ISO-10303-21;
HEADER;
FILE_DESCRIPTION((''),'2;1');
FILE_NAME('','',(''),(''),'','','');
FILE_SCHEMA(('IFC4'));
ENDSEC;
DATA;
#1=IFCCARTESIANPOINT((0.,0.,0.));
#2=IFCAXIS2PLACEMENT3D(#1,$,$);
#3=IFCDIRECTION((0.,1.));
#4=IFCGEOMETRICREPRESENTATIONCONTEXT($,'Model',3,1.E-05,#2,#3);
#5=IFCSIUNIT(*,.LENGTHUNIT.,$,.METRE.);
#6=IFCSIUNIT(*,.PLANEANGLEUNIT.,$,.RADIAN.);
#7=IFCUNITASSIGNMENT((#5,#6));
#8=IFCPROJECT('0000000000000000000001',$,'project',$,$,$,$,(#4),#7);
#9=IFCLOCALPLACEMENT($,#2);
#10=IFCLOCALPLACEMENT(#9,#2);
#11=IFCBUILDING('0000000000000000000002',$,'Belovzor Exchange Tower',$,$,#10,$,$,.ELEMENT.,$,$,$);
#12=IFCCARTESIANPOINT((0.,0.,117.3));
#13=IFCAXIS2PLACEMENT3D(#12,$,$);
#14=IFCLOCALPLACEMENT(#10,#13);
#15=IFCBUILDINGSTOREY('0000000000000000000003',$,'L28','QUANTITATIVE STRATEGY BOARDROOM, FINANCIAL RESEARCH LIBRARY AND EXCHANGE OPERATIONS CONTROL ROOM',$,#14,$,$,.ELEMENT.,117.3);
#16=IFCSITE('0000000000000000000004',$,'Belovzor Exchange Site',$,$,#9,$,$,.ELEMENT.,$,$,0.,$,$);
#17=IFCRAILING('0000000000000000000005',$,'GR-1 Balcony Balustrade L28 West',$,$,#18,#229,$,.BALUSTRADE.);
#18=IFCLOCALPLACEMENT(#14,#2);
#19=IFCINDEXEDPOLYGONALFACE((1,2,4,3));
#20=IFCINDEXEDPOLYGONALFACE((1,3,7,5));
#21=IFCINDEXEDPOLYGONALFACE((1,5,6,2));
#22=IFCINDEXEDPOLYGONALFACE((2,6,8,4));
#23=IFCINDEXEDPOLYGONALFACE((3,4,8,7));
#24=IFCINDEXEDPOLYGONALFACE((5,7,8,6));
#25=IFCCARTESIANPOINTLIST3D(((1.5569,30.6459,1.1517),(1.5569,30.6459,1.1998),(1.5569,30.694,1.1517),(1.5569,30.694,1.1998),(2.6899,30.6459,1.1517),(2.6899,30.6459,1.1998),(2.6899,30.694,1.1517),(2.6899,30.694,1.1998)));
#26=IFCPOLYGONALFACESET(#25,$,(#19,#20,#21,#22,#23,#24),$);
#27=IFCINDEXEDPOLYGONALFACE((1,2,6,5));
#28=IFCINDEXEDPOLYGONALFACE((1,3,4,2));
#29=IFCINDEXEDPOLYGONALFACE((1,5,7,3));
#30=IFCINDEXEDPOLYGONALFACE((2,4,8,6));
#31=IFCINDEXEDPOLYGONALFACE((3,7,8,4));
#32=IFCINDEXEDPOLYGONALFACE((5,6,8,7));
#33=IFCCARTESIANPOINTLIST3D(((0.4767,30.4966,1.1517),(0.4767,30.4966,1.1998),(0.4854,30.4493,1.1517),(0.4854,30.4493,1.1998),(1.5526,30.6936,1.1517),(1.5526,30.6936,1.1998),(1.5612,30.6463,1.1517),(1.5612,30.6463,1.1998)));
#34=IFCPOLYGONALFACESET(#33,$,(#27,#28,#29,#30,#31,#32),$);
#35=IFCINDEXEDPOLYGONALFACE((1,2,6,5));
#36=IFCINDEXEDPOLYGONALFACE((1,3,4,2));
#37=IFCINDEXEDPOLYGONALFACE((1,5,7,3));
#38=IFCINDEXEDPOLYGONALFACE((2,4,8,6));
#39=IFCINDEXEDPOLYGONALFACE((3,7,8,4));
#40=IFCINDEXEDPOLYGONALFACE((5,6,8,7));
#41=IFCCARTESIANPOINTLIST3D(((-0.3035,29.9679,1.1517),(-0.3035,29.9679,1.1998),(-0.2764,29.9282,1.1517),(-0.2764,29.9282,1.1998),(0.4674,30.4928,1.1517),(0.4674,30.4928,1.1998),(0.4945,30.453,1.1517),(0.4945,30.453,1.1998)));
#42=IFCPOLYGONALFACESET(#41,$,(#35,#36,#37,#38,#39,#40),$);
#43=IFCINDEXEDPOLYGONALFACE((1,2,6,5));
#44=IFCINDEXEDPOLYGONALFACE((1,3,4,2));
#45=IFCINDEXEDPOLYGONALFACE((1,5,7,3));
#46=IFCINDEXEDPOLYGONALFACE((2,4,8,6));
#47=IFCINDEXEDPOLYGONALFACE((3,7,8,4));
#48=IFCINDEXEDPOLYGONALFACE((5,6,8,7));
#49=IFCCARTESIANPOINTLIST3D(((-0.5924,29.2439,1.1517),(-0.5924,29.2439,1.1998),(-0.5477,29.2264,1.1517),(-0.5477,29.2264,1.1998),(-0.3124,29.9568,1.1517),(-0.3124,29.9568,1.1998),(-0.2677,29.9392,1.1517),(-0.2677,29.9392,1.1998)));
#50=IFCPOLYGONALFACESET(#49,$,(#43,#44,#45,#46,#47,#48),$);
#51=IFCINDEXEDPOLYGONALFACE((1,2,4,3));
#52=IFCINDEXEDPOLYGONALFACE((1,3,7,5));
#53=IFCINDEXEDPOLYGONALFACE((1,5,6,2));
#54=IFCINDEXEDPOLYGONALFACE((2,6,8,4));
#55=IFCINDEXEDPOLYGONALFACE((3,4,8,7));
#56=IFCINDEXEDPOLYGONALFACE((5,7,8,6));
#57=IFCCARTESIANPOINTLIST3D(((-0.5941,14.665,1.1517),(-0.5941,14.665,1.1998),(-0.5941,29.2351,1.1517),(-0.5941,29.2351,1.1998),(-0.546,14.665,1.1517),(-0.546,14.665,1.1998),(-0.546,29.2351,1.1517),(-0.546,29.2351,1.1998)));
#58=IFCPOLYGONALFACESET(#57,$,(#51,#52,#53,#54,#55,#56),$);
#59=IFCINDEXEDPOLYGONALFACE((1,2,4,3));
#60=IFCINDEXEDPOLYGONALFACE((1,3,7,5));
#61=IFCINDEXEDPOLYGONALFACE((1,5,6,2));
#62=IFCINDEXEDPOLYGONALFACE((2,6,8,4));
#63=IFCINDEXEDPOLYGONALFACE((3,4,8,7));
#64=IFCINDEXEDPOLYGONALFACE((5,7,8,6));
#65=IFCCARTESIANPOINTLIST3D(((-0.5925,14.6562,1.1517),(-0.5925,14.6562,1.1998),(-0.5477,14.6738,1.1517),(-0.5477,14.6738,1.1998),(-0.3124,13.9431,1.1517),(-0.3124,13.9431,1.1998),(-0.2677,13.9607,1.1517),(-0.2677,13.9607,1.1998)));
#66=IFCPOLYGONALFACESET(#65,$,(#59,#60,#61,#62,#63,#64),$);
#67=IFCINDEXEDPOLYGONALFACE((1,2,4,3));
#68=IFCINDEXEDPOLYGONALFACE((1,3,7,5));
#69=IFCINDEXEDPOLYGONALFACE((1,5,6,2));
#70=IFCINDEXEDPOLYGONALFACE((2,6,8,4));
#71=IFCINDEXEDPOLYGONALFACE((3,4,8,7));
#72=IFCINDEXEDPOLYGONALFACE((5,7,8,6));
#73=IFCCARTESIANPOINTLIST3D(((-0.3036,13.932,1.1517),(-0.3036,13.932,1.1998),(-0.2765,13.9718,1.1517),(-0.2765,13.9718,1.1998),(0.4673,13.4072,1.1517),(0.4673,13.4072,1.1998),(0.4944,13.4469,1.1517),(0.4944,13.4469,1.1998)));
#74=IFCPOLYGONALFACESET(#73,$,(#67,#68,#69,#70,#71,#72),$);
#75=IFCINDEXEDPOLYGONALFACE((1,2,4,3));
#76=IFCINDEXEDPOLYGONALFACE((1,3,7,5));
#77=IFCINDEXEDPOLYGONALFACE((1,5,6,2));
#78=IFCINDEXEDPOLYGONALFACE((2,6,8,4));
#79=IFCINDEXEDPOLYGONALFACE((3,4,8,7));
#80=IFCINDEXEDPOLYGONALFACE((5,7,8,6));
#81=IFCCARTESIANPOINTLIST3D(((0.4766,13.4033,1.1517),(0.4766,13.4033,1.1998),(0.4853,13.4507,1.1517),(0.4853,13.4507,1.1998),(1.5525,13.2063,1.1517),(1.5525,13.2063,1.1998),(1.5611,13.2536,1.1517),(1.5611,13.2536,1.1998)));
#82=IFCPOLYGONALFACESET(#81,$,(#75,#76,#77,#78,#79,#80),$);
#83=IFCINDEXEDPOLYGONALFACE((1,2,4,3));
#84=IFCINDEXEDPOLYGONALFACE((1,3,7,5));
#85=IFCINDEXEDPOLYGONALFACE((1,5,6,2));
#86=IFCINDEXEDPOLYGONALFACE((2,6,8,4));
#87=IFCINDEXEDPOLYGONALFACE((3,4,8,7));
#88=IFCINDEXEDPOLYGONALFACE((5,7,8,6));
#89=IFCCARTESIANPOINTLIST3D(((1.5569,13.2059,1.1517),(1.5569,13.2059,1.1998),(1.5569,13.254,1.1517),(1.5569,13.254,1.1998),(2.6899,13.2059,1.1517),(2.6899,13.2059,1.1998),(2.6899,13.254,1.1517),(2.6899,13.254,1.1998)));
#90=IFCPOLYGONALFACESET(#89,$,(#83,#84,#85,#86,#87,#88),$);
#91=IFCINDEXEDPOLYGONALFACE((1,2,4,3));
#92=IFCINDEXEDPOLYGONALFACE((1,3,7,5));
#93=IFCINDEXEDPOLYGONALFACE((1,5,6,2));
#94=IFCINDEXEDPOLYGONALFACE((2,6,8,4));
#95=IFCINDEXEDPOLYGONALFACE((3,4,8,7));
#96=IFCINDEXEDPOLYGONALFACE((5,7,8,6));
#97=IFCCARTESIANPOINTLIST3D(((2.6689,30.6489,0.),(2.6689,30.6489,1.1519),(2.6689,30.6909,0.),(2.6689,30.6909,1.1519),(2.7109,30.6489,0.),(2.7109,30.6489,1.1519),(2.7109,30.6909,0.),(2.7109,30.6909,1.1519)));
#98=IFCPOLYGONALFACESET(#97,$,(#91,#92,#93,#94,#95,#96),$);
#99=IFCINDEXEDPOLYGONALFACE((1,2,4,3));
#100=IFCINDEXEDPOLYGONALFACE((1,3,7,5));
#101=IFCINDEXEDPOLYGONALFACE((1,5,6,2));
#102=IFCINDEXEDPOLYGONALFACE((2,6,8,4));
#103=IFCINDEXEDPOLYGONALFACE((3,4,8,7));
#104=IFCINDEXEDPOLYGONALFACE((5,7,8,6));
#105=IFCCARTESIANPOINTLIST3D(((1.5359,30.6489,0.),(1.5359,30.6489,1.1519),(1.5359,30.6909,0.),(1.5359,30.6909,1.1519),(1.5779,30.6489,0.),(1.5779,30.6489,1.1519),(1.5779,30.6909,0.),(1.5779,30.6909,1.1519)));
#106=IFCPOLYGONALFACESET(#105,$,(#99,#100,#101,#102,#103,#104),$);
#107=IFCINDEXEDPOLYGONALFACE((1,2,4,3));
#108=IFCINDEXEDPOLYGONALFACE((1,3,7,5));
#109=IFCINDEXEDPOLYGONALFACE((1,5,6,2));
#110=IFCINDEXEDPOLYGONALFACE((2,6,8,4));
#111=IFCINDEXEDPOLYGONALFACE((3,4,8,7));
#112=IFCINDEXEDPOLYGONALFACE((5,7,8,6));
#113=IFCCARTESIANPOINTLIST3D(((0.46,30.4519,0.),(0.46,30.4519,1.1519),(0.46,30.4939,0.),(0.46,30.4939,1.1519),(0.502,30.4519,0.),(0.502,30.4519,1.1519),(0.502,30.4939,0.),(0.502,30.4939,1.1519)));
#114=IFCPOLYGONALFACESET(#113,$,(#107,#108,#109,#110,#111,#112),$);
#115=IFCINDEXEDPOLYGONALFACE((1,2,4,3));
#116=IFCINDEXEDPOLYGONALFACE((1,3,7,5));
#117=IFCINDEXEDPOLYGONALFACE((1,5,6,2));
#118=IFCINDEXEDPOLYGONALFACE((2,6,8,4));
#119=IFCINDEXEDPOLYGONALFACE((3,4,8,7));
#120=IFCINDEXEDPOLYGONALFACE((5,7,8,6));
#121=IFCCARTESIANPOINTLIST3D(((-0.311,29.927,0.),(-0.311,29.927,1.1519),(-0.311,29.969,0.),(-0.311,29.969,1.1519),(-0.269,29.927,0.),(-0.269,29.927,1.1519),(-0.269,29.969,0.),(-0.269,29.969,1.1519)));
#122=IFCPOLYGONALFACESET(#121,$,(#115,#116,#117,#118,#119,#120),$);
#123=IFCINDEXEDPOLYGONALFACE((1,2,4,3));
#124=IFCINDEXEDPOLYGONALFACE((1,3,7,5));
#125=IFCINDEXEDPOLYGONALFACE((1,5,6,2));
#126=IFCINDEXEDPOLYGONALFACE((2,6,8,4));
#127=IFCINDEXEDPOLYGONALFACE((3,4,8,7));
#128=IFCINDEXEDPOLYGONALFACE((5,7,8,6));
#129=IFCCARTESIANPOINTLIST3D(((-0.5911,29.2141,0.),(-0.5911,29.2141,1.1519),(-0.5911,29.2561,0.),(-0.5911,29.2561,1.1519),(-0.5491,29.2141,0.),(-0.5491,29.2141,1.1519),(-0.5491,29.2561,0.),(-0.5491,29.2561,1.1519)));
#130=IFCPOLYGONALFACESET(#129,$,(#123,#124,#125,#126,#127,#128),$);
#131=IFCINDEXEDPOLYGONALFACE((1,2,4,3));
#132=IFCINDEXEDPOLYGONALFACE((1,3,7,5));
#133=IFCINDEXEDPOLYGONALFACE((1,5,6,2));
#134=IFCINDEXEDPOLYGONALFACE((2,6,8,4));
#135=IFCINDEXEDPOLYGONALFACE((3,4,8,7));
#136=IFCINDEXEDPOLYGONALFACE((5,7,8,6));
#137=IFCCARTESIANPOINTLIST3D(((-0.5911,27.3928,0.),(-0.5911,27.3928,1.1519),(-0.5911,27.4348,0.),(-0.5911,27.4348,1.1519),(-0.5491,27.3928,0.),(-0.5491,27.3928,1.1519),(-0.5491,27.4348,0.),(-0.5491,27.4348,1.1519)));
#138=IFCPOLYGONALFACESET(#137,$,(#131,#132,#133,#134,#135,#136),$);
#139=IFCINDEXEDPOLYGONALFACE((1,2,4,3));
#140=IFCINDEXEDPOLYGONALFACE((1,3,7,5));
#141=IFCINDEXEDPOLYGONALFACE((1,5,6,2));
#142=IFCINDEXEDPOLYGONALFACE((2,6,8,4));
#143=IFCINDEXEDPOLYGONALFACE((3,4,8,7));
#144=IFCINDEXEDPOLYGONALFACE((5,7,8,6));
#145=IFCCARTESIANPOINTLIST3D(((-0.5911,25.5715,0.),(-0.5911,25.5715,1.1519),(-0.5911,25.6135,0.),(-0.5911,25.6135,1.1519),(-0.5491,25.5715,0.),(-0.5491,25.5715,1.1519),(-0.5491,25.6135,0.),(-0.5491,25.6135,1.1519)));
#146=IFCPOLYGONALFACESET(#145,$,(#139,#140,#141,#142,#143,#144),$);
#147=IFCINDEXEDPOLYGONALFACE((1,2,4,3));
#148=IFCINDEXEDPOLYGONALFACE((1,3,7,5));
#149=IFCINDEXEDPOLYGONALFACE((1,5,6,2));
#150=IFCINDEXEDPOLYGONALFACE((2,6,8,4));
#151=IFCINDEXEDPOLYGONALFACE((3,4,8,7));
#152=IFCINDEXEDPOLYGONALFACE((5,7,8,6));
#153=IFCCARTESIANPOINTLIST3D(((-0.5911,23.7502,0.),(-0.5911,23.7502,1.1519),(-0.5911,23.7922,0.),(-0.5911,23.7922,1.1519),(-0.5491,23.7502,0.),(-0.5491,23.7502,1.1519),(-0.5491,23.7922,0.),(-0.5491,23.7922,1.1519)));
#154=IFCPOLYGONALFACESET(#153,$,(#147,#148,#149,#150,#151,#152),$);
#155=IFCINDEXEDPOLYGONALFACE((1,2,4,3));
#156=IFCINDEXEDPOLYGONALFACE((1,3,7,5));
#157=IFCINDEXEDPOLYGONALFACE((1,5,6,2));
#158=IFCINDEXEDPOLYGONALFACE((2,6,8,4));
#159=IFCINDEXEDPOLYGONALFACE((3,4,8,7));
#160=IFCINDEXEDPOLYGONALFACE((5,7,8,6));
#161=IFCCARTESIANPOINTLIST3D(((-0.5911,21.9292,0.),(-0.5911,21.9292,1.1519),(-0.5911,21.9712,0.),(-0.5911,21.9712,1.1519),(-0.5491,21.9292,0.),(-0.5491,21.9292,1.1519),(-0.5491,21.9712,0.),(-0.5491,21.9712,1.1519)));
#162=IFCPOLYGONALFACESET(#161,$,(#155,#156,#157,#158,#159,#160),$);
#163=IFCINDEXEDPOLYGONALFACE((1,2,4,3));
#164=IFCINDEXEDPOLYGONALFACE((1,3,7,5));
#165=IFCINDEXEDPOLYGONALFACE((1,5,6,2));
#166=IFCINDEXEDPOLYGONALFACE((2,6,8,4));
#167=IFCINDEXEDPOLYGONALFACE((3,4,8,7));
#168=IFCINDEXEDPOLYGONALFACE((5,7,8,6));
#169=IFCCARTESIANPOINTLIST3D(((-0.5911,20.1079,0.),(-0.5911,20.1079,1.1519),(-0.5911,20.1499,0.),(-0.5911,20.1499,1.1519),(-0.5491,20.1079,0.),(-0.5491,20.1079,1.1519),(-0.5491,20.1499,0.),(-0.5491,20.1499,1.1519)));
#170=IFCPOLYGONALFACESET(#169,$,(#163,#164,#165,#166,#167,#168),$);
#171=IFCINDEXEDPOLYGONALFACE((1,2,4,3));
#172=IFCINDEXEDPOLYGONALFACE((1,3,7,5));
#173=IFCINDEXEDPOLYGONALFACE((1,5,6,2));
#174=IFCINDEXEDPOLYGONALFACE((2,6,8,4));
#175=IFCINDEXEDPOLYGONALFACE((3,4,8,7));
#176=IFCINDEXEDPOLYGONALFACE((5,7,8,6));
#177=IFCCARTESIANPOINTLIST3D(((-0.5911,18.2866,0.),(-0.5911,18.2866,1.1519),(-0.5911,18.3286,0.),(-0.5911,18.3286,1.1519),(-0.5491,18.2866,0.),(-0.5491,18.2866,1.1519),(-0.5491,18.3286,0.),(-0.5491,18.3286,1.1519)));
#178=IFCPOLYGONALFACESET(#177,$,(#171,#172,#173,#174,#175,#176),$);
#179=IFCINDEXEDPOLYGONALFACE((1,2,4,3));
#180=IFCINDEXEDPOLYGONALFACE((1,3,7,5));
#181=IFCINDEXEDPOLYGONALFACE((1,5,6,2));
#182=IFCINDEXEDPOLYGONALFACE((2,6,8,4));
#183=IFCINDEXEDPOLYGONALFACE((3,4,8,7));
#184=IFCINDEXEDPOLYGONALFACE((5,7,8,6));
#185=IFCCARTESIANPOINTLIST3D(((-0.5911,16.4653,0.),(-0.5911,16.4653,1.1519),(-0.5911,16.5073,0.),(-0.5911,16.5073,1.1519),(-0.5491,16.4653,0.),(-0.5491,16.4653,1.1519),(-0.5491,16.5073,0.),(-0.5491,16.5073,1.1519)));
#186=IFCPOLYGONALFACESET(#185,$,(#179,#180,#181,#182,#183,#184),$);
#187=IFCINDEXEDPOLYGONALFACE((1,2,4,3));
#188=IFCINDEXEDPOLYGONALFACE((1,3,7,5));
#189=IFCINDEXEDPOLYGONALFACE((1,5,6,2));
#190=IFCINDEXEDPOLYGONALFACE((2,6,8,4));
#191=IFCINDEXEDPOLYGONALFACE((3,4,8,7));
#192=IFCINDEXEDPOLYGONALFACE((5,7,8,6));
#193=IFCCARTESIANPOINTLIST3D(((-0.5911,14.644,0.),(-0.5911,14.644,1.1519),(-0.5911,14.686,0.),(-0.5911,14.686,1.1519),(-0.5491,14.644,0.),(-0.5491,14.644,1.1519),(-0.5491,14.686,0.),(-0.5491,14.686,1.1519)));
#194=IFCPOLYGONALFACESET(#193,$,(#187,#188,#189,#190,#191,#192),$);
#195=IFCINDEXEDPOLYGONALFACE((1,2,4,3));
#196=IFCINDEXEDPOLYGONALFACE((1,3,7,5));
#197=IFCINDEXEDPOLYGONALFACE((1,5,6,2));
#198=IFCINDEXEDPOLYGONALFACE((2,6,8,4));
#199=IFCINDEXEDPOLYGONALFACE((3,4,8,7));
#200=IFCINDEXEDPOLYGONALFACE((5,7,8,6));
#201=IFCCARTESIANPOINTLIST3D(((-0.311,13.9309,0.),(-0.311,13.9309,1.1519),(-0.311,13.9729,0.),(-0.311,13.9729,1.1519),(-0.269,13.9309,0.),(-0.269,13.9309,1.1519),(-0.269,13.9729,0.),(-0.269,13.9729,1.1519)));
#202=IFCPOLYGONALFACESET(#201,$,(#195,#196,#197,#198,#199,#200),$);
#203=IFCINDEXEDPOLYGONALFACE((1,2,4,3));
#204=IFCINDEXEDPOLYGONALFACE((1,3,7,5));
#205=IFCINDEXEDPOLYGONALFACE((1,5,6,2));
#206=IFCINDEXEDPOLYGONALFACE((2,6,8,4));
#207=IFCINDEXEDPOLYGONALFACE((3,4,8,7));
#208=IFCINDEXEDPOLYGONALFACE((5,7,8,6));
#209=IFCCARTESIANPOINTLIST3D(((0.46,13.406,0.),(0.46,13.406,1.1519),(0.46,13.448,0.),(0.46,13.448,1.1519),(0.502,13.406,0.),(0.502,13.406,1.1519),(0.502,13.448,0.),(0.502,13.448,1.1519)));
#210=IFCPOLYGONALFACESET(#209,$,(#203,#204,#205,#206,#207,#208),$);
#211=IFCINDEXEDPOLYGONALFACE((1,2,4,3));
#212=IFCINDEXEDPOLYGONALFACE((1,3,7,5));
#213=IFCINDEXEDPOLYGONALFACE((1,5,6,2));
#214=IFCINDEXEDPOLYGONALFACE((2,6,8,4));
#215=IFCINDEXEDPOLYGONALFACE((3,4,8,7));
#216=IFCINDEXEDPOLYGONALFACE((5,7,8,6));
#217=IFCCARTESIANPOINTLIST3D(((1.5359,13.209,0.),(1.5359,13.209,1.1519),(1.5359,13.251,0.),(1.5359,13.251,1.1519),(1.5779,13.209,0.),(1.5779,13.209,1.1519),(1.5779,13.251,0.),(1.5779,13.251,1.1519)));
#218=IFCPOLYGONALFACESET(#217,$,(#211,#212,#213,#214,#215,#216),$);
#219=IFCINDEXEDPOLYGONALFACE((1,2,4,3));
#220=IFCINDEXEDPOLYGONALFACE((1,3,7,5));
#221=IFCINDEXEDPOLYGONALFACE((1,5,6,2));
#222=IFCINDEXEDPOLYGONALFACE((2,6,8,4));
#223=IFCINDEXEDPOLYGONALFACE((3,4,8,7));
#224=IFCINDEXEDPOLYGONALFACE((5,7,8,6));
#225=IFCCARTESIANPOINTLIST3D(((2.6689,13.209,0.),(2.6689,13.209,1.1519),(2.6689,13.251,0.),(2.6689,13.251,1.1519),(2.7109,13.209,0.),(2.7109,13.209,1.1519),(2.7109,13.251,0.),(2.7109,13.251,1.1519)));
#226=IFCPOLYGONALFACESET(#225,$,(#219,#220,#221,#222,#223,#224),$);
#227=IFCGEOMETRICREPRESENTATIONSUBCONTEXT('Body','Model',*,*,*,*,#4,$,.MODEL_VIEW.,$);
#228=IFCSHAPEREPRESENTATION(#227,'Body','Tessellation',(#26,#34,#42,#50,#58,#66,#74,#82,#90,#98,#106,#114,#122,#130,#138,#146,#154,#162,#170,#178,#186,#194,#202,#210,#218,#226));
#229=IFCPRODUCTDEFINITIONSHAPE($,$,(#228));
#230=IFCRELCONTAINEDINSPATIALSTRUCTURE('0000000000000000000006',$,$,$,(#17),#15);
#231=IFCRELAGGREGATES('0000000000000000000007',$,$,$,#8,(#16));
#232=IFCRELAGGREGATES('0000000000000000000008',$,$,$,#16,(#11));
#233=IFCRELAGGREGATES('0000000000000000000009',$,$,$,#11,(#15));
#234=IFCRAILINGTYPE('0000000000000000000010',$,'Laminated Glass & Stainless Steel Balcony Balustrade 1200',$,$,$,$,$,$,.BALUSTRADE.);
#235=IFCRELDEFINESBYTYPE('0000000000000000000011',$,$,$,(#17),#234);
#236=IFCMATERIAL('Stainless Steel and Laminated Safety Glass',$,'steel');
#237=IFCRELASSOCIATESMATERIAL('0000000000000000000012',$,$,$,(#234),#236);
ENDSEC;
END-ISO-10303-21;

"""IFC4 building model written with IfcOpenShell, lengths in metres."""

from ifc_helpers import new_model, si_unit, direction, frame, origin, origin_2d, place, context, subcontext, project, spatial, rectangle, extrude, material, type_object, element, save


model = new_model("IFC4")

# Units and contexts
model_context = context("Model", 3, precision=1e-05, world=origin(), true_north=direction((0.0, 1.0)))
body_context = subcontext(model_context, "Body", "Model", "MODEL_VIEW")
ifc_project = project(units=[si_unit("LENGTHUNIT", "METRE"), si_unit("PLANEANGLEUNIT", "RADIAN")], contexts=[model_context])

# Site, building, storey
site_placement = place(None, origin())
site = spatial("IfcSite", under=ifc_project, at=site_placement, Name="Belovzor Exchange Site", CompositionType="ELEMENT", RefElevation=0.0)
building_placement = place(site_placement, origin())
building = spatial("IfcBuilding", under=site, at=building_placement, Name="Belovzor Exchange Tower", CompositionType="ELEMENT")
storey_placement = place(building_placement, frame((0.0, 0.0, 117.3)))
storey = spatial("IfcBuildingStorey", under=building, at=storey_placement, Name="L28", Description="QUANTITATIVE STRATEGY BOARDROOM, FINANCIAL RESEARCH LIBRARY AND EXCHANGE OPERATIONS CONTROL ROOM", CompositionType="ELEMENT", Elevation=117.3)

# Railing
ifc_material_1 = material(Name="Stainless Steel and Laminated Safety Glass", Category="steel")
railing_type = type_object("IfcRailingType", Name="Laminated Glass & Stainless Steel Balcony Balustrade 1200", PredefinedType="BALUSTRADE", material=ifc_material_1)
railing_placement = place(storey_placement, frame((2.6899, 30.6699, 0.0)))
element("IfcRailing", 1, at=railing_placement, inside=storey, type_object=railing_type, Name="GR-1 Balcony Balustrade L28 West", PredefinedType="BALUSTRADE", context=body_context, shape_type="SweptSolid", body=[
    extrude(rectangle(XDim=0.0481, YDim=0.0481, at=origin_2d()), frame((0.0, 0.0, 1.1758), z_axis=(-1.0, 0.0, 0.0), x_axis=(0.0, -1.0, 0.0)), (0.0, 0.0, 1.0), 1.1331),
    extrude(rectangle(XDim=0.0481, YDim=0.0481, at=origin_2d()), frame((-1.1331, 0.0, 1.1758), z_axis=(-0.983644, -0.180123, 0.0), x_axis=(0.180123, -0.983644, 0.0)), (0.0, 0.0, 1.0), 1.0938),
    extrude(rectangle(XDim=0.0481, YDim=0.0481, at=origin_2d()), frame((-2.209, -0.197, 1.1758), z_axis=(-0.826615, -0.562768, 0.0), x_axis=(0.562768, -0.826615, 0.0)), (0.0, 0.0, 1.0), 0.9326),
    extrude(rectangle(XDim=0.0481, YDim=0.0481, at=origin_2d()), frame((-2.98, -0.7219, 1.1758), z_axis=(-0.365613, -0.930767, 0.0), x_axis=(0.930767, -0.365613, 0.0)), (0.0, 0.0, 1.0), 0.7659),
    extrude(rectangle(XDim=0.0481, YDim=0.0481, at=origin_2d()), frame((-3.26, -1.4348, 1.1758), z_axis=(0.0, -1.0, 0.0), x_axis=(1.0, 0.0, 0.0)), (0.0, 0.0, 1.0), 14.5701),
    extrude(rectangle(XDim=0.0481, YDim=0.0481, at=origin_2d()), frame((-3.26, -16.0049, 1.1758), z_axis=(0.365504, -0.93081, 0.0), x_axis=(0.93081, 0.365504, 0.0)), (0.0, 0.0, 1.0), 0.7661),
    extrude(rectangle(XDim=0.0481, YDim=0.0481, at=origin_2d()), frame((-2.98, -16.718, 1.1758), z_axis=(0.826615, -0.562768, 0.0), x_axis=(0.562768, 0.826615, 0.0)), (0.0, 0.0, 1.0), 0.9326),
    extrude(rectangle(XDim=0.0481, YDim=0.0481, at=origin_2d()), frame((-2.209, -17.2429, 1.1758), z_axis=(0.983644, -0.180123, 0.0), x_axis=(0.180123, 0.983644, 0.0)), (0.0, 0.0, 1.0), 1.0938),
    extrude(rectangle(XDim=0.0481, YDim=0.0481, at=origin_2d()), frame((-1.1331, -17.4399, 1.1758), z_axis=(1.0, 0.0, 0.0), x_axis=(0.0, 1.0, 0.0)), (0.0, 0.0, 1.0), 1.1331),
    extrude(rectangle(XDim=0.042, YDim=0.042, at=origin_2d()), origin(), (0.0, 0.0, 1.0), 1.1519),
    extrude(rectangle(XDim=0.042, YDim=0.042, at=origin_2d()), frame((-1.1331, 0.0, 0.0)), (0.0, 0.0, 1.0), 1.1519),
    extrude(rectangle(XDim=0.042, YDim=0.042, at=origin_2d()), frame((-2.209, -0.197, 0.0)), (0.0, 0.0, 1.0), 1.1519),
    extrude(rectangle(XDim=0.042, YDim=0.042, at=origin_2d()), frame((-2.98, -0.7219, 0.0)), (0.0, 0.0, 1.0), 1.1519),
    extrude(rectangle(XDim=0.042, YDim=0.042, at=origin_2d()), frame((-3.26, -1.4348, 0.0)), (0.0, 0.0, 1.0), 1.1519),
    extrude(rectangle(XDim=0.042, YDim=0.042, at=origin_2d()), frame((-3.26, -3.2561, 0.0)), (0.0, 0.0, 1.0), 1.1519),
    extrude(rectangle(XDim=0.042, YDim=0.042, at=origin_2d()), frame((-3.26, -5.0774, 0.0)), (0.0, 0.0, 1.0), 1.1519),
    extrude(rectangle(XDim=0.042, YDim=0.042, at=origin_2d()), frame((-3.26, -6.8987, 0.0)), (0.0, 0.0, 1.0), 1.1519),
    extrude(rectangle(XDim=0.042, YDim=0.042, at=origin_2d()), frame((-3.26, -8.7197, 0.0)), (0.0, 0.0, 1.0), 1.1519),
    extrude(rectangle(XDim=0.042, YDim=0.042, at=origin_2d()), frame((-3.26, -10.541, 0.0)), (0.0, 0.0, 1.0), 1.1519),
    extrude(rectangle(XDim=0.042, YDim=0.042, at=origin_2d()), frame((-3.26, -12.3623, 0.0)), (0.0, 0.0, 1.0), 1.1519),
    extrude(rectangle(XDim=0.042, YDim=0.042, at=origin_2d()), frame((-3.26, -14.1836, 0.0)), (0.0, 0.0, 1.0), 1.1519),
    extrude(rectangle(XDim=0.042, YDim=0.042, at=origin_2d()), frame((-3.26, -16.0049, 0.0)), (0.0, 0.0, 1.0), 1.1519),
    extrude(rectangle(XDim=0.042, YDim=0.042, at=origin_2d()), frame((-2.98, -16.718, 0.0)), (0.0, 0.0, 1.0), 1.1519),
    extrude(rectangle(XDim=0.042, YDim=0.042, at=origin_2d()), frame((-2.209, -17.2429, 0.0)), (0.0, 0.0, 1.0), 1.1519),
    extrude(rectangle(XDim=0.042, YDim=0.042, at=origin_2d()), frame((-1.1331, -17.4399, 0.0)), (0.0, 0.0, 1.0), 1.1519),
    extrude(rectangle(XDim=0.042, YDim=0.042, at=origin_2d()), frame((0.0, -17.4399, 0.0)), (0.0, 0.0, 1.0), 1.1519),
])

save(model, "model.ifc")
